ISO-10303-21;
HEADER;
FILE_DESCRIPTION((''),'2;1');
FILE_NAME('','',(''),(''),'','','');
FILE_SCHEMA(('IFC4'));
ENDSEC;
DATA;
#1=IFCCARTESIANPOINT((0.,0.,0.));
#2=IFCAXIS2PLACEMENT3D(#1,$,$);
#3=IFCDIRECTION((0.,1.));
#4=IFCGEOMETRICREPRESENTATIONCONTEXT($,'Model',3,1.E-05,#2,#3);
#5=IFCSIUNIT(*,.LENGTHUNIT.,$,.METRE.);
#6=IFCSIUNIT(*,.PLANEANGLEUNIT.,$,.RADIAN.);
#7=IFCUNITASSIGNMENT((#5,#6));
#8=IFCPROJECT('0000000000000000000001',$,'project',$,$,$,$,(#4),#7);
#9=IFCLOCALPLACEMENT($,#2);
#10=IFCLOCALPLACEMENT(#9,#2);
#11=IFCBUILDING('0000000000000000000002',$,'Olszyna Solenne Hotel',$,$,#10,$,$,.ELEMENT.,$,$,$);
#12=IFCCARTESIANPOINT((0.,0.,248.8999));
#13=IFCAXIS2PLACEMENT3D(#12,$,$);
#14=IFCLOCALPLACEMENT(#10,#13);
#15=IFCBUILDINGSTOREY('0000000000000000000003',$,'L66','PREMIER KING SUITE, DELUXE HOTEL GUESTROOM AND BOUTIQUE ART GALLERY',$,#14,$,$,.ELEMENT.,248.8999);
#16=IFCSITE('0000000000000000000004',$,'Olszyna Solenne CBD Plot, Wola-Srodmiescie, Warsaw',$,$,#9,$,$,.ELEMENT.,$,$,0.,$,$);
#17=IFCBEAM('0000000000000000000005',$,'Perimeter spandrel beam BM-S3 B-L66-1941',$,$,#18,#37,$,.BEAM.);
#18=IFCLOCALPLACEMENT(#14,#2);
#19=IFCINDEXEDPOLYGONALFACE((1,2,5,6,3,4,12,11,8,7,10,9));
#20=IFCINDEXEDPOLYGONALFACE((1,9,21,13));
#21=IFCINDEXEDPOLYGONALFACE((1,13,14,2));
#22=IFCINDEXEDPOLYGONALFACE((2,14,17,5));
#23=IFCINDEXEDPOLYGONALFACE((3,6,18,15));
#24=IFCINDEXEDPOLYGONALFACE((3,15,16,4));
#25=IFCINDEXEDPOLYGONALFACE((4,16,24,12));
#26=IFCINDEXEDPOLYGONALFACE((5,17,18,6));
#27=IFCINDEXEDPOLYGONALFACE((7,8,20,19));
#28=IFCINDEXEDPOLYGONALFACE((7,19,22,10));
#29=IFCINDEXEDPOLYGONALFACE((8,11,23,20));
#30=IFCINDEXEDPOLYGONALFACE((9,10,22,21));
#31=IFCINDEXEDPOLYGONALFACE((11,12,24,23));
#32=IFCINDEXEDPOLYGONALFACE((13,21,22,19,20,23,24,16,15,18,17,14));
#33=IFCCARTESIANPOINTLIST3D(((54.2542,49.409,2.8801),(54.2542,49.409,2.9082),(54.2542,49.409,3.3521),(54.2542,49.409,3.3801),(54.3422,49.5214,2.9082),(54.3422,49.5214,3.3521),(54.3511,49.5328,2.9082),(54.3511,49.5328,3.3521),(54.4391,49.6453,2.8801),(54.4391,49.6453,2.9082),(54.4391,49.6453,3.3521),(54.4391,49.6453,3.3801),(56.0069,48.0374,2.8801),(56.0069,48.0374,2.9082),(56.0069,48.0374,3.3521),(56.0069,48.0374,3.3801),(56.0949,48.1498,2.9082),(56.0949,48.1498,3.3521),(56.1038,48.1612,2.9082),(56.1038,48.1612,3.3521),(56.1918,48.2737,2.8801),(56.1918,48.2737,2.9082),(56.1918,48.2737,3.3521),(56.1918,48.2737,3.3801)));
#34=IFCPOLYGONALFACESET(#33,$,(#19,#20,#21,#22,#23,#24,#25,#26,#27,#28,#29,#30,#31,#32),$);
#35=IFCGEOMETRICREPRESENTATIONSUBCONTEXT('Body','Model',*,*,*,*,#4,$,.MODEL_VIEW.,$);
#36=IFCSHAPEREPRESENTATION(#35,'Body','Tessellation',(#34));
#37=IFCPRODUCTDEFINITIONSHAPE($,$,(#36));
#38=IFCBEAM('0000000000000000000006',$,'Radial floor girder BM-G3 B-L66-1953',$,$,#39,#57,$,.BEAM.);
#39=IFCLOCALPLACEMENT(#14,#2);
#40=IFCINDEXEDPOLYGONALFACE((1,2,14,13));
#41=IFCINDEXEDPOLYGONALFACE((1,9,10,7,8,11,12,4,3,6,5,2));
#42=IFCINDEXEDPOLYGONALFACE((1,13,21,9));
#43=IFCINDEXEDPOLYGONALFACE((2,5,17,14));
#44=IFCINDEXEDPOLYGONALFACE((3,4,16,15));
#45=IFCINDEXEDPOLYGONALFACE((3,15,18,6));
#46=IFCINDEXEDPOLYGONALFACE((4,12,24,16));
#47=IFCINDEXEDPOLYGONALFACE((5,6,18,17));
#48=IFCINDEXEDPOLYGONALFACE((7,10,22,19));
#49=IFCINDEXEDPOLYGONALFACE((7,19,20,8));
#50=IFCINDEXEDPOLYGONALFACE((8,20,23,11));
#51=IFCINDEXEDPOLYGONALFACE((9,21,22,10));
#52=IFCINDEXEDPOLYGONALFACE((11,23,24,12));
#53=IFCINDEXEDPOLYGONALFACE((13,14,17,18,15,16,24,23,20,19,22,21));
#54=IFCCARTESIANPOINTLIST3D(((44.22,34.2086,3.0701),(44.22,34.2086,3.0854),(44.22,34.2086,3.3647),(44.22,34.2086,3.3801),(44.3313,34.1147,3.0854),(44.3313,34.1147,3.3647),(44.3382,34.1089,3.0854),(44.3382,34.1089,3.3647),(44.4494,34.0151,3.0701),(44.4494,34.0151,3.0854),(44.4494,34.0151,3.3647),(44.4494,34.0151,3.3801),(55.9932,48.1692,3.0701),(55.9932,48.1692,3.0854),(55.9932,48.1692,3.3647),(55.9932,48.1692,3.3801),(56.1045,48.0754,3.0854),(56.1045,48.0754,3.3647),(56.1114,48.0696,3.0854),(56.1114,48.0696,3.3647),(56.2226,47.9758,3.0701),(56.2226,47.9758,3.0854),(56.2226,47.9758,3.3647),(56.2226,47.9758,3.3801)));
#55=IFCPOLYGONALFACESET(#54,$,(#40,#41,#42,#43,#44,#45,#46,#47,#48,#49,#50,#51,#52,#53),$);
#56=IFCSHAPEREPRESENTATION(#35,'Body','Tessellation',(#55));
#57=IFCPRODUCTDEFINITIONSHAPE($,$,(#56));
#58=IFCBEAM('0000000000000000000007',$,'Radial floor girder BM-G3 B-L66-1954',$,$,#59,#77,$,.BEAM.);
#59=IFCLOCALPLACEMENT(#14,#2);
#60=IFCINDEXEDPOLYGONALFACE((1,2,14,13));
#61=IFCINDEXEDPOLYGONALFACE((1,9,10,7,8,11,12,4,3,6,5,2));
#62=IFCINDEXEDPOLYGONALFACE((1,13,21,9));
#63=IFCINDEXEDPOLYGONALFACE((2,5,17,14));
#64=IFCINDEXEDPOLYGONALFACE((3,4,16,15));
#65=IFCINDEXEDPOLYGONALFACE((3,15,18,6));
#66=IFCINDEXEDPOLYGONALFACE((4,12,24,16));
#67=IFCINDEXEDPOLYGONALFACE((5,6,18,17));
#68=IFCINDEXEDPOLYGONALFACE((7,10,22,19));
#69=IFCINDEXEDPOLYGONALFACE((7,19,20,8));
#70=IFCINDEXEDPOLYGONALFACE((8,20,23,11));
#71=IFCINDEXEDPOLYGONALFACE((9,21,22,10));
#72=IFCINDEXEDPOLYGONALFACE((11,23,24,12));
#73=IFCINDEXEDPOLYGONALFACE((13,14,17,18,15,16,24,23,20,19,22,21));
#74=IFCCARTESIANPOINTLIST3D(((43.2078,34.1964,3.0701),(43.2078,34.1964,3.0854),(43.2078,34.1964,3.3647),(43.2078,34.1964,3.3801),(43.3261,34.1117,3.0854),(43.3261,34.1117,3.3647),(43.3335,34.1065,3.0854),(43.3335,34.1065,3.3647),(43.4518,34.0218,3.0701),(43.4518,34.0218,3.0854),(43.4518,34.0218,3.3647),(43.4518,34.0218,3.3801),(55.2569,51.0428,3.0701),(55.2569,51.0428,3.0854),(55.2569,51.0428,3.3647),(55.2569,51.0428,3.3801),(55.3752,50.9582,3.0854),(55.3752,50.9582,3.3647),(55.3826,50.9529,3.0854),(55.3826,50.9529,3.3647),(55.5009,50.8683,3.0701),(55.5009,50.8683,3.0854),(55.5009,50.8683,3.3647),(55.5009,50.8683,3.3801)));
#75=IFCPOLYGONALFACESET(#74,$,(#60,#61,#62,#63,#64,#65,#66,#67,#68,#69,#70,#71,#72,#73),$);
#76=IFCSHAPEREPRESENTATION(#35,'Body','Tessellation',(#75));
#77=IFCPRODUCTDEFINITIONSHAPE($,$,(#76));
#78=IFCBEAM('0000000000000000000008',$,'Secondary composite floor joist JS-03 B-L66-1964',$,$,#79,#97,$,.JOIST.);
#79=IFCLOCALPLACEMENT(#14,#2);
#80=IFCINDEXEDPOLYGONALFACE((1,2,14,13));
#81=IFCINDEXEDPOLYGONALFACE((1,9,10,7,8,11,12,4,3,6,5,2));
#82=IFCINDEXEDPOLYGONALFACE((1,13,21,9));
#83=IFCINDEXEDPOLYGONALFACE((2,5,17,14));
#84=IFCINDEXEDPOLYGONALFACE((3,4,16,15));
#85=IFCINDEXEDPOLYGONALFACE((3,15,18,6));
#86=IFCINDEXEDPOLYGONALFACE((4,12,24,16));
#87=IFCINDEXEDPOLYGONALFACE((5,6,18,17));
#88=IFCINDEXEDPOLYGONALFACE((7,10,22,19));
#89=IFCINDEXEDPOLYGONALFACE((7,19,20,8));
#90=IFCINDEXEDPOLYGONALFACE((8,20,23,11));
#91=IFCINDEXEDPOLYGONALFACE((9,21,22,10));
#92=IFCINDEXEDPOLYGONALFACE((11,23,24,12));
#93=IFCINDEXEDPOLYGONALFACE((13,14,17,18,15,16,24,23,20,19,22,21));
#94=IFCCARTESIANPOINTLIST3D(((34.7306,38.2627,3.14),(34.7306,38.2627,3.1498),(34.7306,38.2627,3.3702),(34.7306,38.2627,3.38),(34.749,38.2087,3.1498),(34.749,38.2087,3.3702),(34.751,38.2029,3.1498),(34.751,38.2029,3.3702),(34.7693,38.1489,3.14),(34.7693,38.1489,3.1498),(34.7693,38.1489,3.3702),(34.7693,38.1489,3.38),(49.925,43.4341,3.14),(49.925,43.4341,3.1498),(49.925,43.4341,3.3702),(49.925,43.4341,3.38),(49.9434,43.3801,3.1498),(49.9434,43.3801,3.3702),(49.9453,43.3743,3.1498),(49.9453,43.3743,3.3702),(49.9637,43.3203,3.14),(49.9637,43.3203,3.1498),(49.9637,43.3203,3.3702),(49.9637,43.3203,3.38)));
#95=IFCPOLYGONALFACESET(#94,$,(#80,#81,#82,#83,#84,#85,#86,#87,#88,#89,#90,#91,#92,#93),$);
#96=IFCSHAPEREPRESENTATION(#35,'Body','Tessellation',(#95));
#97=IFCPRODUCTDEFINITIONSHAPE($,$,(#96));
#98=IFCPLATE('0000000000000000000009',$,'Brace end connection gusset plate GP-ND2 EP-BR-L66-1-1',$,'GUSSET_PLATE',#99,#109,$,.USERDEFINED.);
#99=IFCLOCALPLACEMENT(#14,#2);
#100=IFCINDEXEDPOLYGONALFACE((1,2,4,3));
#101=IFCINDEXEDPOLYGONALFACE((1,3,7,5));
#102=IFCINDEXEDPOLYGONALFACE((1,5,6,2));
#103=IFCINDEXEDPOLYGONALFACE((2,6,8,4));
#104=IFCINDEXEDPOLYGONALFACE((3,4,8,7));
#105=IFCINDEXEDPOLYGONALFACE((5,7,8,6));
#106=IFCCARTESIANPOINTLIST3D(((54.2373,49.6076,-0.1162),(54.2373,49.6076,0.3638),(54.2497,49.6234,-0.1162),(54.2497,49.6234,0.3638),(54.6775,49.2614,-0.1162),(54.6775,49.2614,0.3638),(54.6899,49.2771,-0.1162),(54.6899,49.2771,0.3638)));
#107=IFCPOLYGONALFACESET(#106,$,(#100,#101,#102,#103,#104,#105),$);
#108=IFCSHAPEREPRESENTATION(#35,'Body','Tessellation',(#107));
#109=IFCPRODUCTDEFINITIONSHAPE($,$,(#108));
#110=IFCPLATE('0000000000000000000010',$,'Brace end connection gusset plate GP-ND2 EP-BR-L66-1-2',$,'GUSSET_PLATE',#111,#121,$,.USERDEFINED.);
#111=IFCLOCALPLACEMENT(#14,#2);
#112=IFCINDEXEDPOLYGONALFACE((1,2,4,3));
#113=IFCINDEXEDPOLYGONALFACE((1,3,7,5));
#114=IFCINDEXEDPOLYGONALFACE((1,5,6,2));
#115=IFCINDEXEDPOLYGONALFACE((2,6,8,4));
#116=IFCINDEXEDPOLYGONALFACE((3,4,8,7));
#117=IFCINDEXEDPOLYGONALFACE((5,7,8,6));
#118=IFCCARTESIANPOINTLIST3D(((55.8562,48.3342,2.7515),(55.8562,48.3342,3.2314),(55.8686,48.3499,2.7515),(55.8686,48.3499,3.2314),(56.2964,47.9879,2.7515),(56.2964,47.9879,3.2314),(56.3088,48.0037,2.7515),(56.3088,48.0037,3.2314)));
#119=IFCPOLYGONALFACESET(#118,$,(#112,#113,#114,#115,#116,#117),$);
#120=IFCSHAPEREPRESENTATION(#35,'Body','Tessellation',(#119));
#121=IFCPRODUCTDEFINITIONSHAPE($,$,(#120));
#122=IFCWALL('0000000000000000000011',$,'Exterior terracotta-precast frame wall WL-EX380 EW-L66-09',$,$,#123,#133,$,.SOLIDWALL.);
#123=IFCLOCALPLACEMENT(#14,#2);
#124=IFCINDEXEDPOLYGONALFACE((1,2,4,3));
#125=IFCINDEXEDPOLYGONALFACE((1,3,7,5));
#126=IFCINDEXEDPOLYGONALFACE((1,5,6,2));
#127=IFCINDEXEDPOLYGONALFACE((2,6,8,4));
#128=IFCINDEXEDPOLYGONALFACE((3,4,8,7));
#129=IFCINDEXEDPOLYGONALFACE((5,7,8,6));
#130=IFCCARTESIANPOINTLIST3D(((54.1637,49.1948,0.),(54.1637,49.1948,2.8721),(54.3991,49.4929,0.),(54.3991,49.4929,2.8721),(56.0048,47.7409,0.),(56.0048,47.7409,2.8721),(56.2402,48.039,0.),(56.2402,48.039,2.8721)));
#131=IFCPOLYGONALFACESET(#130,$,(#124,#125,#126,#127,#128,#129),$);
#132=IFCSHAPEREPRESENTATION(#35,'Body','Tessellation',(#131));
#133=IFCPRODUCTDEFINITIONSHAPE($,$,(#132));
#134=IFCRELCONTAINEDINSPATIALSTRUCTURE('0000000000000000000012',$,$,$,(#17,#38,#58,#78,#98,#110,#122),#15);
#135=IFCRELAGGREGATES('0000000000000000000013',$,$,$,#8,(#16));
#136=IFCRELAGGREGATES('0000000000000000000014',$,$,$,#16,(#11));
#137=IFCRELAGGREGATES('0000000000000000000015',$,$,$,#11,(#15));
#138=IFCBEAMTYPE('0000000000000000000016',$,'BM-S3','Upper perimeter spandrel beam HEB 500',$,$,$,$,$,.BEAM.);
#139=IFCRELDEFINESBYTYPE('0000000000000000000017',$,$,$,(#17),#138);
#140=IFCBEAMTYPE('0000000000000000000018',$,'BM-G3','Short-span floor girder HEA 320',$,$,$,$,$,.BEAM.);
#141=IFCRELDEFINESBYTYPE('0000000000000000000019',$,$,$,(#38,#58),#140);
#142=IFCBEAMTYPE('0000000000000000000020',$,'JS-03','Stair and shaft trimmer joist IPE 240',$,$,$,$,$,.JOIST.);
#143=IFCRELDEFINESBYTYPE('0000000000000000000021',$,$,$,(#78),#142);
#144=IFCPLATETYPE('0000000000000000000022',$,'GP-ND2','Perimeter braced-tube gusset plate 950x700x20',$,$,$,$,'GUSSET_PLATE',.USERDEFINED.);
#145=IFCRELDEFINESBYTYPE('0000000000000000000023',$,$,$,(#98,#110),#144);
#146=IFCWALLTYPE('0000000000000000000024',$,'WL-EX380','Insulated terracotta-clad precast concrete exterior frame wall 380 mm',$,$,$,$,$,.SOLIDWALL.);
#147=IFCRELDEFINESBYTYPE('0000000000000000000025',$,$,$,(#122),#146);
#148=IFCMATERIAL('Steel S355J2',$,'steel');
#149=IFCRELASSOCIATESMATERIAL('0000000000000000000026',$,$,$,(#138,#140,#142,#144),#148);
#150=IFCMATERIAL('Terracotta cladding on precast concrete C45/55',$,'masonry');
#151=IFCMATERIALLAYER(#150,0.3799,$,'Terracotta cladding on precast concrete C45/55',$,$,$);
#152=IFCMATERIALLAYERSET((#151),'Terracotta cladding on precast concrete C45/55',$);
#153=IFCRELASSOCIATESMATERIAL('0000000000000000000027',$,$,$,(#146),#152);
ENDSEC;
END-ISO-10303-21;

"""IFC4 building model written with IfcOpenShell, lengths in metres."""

from ifc_helpers import new_model, si_unit, direction, frame, frame_2d, origin, origin_2d, place, context, subcontext, project, spatial, rectangle, i_section, extrude, source, transform, mapped, material, layer, layer_set, material_profile, profile_set, type_object, element, save


model = new_model("IFC4")

# Units and contexts
model_context = context("Model", 3, precision=1e-05, world=origin(), true_north=direction((0.0, 1.0)))
body_context = subcontext(model_context, "Body", "Model", "MODEL_VIEW")
ifc_project = project(units=[si_unit("LENGTHUNIT", "METRE"), si_unit("PLANEANGLEUNIT", "RADIAN")], contexts=[model_context])

# Site, building, storey
site_placement = place(None, origin())
site = spatial("IfcSite", under=ifc_project, at=site_placement, Name="Olszyna Solenne CBD Plot, Wola-Srodmiescie, Warsaw", CompositionType="ELEMENT", RefElevation=0.0)
building_placement = place(site_placement, origin())
building = spatial("IfcBuilding", under=site, at=building_placement, Name="Olszyna Solenne Hotel", CompositionType="ELEMENT")
storey_placement = place(building_placement, frame((0.0, 0.0, 248.8999)))
storey = spatial("IfcBuildingStorey", under=building, at=storey_placement, Name="L66", Description="PREMIER KING SUITE, DELUXE HOTEL GUESTROOM AND BOUTIQUE ART GALLERY", CompositionType="ELEMENT", Elevation=248.8999)

# Shared definitions
ifc_material_1 = material(Name="Steel S355J2", Category="steel")
ifc_material_profile_1 = material_profile(ifc_material_1, i_section(OverallWidth=0.3, OverallDepth=0.5, WebThickness=0.0144, FlangeThickness=0.0281, at=origin_2d()), Name="HEB 500", Category="load-bearing")
ifc_profile_set_1 = profile_set([ifc_material_profile_1], Name="Steel S355J2")
beam_type_1 = type_object("IfcBeamType", Name="BM-S3", Description="Upper perimeter spandrel beam HEB 500", PredefinedType="BEAM", material=ifc_profile_set_1)

# Beams
shared_shape_1 = source(origin(), body_context, "Body", "SweptSolid", [
    extrude(i_section(OverallWidth=0.3, OverallDepth=0.5, WebThickness=0.0144, FlangeThickness=0.0281, at=origin_2d()), origin(), (0.0, 0.0, 1.0), 2.2256),
])
beam_1_placement = place(storey_placement, frame((56.0994, 48.1555, 3.1301), z_axis=(-0.787524, 0.616285, 0.0), x_axis=(-0.616285, -0.787524, 0.0)))
element("IfcBeam", 1, at=beam_1_placement, inside=storey, type_object=beam_type_1, Name="Perimeter spandrel beam BM-S3 B-L66-1941", PredefinedType="BEAM", context=body_context, shape_type="MappedRepresentation", body=[
    mapped(shared_shape_1, transform((0.0, 0.0, 0.0), x_axis=(1.0, 0.0, 0.0), y_axis=(0.0, 1.0, 0.0), z_axis=(0.0, 0.0, 1.0), scale=1.0)),
])
ifc_material_profile_2 = material_profile(ifc_material_1, i_section(OverallWidth=0.3, OverallDepth=0.3101, WebThickness=0.009, FlangeThickness=0.0154, at=origin_2d()), Name="HEA 320", Category="load-bearing")
ifc_profile_set_2 = profile_set([ifc_material_profile_2], Name="Steel S355J2")
beam_type_2 = type_object("IfcBeamType", Name="BM-G3", Description="Short-span floor girder HEA 320", PredefinedType="BEAM", material=ifc_profile_set_2)
shared_shape_2 = source(origin(), body_context, "Body", "SweptSolid", [
    extrude(i_section(OverallWidth=0.3, OverallDepth=0.3101, WebThickness=0.009, FlangeThickness=0.0154, at=origin_2d()), origin(), (0.0, 0.0, 1.0), 18.2622),
])
beam_2_placement = place(storey_placement, frame((56.1079, 48.0725, 3.2251), z_axis=(-0.644674, -0.764457, 0.0), x_axis=(0.764457, -0.644674, 0.0)))
element("IfcBeam", 2, at=beam_2_placement, inside=storey, type_object=beam_type_2, Name="Radial floor girder BM-G3 B-L66-1953", PredefinedType="BEAM", context=body_context, shape_type="MappedRepresentation", body=[
    mapped(shared_shape_2, transform((0.0, 0.0, 0.0), x_axis=(1.0, 0.0, 0.0), y_axis=(0.0, 1.0, 0.0), z_axis=(0.0, 0.0, 1.0), scale=1.0)),
])
shared_shape_3 = source(origin(), body_context, "Body", "SweptSolid", [
    extrude(i_section(OverallWidth=0.3, OverallDepth=0.3101, WebThickness=0.009, FlangeThickness=0.0154, at=origin_2d()), origin(), (0.0, 0.0, 1.0), 20.7119),
])
beam_3_placement = place(storey_placement, frame((55.3789, 50.9556, 3.2251), z_axis=(-0.581747, -0.81337, 0.0), x_axis=(0.81337, -0.581747, 0.0)))
element("IfcBeam", 3, at=beam_3_placement, inside=storey, type_object=beam_type_2, Name="Radial floor girder BM-G3 B-L66-1954", PredefinedType="BEAM", context=body_context, shape_type="MappedRepresentation", body=[
    mapped(shared_shape_3, transform((0.0, 0.0, 0.0), x_axis=(1.0, 0.0, 0.0), y_axis=(0.0, 1.0, 0.0), z_axis=(0.0, 0.0, 1.0), scale=1.0)),
])
ifc_material_profile_3 = material_profile(ifc_material_1, i_section(OverallWidth=0.1201, OverallDepth=0.24, WebThickness=0.0061, FlangeThickness=0.0098, at=origin_2d()), Name="IPE 240", Category="load-bearing")
ifc_profile_set_3 = profile_set([ifc_material_profile_3], Name="Steel S355J2")
beam_type_3 = type_object("IfcBeamType", Name="JS-03", Description="Stair and shaft trimmer joist IPE 240", PredefinedType="JOIST", material=ifc_profile_set_3)
shared_shape_4 = source(origin(), body_context, "Body", "SweptSolid", [
    extrude(i_section(OverallWidth=0.1201, OverallDepth=0.24, WebThickness=0.0061, FlangeThickness=0.0098, at=origin_2d()), origin(), (0.0, 0.0, 1.0), 16.0503),
])
beam_4_placement = place(storey_placement, frame((49.9443, 43.3772, 3.26), z_axis=(-0.946672, -0.322199, 0.0), x_axis=(0.322199, -0.946672, 0.0)))
element("IfcBeam", 4, at=beam_4_placement, inside=storey, type_object=beam_type_3, Name="Secondary composite floor joist JS-03 B-L66-1964", PredefinedType="JOIST", context=body_context, shape_type="MappedRepresentation", body=[
    mapped(shared_shape_4, transform((0.0, 0.0, 0.0), x_axis=(1.0, 0.0, 0.0), y_axis=(0.0, 1.0, 0.0), z_axis=(0.0, 0.0, 1.0), scale=1.0)),
])

# Plates
plate_type = type_object("IfcPlateType", Name="GP-ND2", Description="Perimeter braced-tube gusset plate 950x700x20", ElementType="GUSSET_PLATE", PredefinedType="USERDEFINED", material=ifc_material_1)
shared_shape_5 = source(origin(), body_context, "Body", "SweptSolid", [
    extrude(rectangle(XDim=0.5601, YDim=0.02, at=origin_2d()), origin(), (0.0, 0.0, 1.0), 0.48),
])
for number, where, z_axis, x_axis, name in (
    (5, (54.4636, 49.4424, -0.1162), (0.0, 0.0, 1.0), (0.785965, -0.618271, 0.0), "Brace end connection gusset plate GP-ND2 EP-BR-L66-1-1"),
    (6, (56.0825, 48.1689, 2.7515), (0.0, 0.0, 1.0), (0.785965, -0.618271, 0.0), "Brace end connection gusset plate GP-ND2 EP-BR-L66-1-2"),
):
    element("IfcPlate", number, at=place(storey_placement, frame(where, z_axis=z_axis, x_axis=x_axis)), inside=storey, type_object=plate_type, Name=name, ObjectType="GUSSET_PLATE", PredefinedType="USERDEFINED", context=body_context, shape_type="MappedRepresentation", body=[
        mapped(shared_shape_5, transform((0.0, 0.0, 0.0), x_axis=(1.0, 0.0, 0.0), y_axis=(0.0, 1.0, 0.0), z_axis=(0.0, 0.0, 1.0), scale=1.0)),
    ])

# Wall
ifc_material_2 = material(Name="Terracotta cladding on precast concrete C45/55", Category="masonry")
ifc_layer_1 = layer(ifc_material_2, 0.3799, Name="Terracotta cladding on precast concrete C45/55")
ifc_layer_set_1 = layer_set([ifc_layer_1], Name="Terracotta cladding on precast concrete C45/55")
wall_type_1 = type_object("IfcWallType", Name="WL-EX380", Description="Insulated terracotta-clad precast concrete exterior frame wall 380 mm", PredefinedType="SOLIDWALL", material=ifc_layer_set_1)
wall_1_placement = place(storey_placement, frame((54.2815, 49.3438, 0.0), z_axis=(0.0, 0.0, 1.0), x_axis=(0.784803, -0.619746, 0.0)))
element("IfcWall", 7, at=wall_1_placement, inside=storey, type_object=wall_type_1, Name="Exterior terracotta-precast frame wall WL-EX380 EW-L66-09", PredefinedType="SOLIDWALL", context=body_context, shape_type="SweptSolid", body=[
    extrude(rectangle(XDim=2.3459, YDim=0.3799, at=frame_2d((1.1729, 0.0))), origin(), (0.0, 0.0, 1.0), 2.8721),
])

save(model, "model.ifc")
